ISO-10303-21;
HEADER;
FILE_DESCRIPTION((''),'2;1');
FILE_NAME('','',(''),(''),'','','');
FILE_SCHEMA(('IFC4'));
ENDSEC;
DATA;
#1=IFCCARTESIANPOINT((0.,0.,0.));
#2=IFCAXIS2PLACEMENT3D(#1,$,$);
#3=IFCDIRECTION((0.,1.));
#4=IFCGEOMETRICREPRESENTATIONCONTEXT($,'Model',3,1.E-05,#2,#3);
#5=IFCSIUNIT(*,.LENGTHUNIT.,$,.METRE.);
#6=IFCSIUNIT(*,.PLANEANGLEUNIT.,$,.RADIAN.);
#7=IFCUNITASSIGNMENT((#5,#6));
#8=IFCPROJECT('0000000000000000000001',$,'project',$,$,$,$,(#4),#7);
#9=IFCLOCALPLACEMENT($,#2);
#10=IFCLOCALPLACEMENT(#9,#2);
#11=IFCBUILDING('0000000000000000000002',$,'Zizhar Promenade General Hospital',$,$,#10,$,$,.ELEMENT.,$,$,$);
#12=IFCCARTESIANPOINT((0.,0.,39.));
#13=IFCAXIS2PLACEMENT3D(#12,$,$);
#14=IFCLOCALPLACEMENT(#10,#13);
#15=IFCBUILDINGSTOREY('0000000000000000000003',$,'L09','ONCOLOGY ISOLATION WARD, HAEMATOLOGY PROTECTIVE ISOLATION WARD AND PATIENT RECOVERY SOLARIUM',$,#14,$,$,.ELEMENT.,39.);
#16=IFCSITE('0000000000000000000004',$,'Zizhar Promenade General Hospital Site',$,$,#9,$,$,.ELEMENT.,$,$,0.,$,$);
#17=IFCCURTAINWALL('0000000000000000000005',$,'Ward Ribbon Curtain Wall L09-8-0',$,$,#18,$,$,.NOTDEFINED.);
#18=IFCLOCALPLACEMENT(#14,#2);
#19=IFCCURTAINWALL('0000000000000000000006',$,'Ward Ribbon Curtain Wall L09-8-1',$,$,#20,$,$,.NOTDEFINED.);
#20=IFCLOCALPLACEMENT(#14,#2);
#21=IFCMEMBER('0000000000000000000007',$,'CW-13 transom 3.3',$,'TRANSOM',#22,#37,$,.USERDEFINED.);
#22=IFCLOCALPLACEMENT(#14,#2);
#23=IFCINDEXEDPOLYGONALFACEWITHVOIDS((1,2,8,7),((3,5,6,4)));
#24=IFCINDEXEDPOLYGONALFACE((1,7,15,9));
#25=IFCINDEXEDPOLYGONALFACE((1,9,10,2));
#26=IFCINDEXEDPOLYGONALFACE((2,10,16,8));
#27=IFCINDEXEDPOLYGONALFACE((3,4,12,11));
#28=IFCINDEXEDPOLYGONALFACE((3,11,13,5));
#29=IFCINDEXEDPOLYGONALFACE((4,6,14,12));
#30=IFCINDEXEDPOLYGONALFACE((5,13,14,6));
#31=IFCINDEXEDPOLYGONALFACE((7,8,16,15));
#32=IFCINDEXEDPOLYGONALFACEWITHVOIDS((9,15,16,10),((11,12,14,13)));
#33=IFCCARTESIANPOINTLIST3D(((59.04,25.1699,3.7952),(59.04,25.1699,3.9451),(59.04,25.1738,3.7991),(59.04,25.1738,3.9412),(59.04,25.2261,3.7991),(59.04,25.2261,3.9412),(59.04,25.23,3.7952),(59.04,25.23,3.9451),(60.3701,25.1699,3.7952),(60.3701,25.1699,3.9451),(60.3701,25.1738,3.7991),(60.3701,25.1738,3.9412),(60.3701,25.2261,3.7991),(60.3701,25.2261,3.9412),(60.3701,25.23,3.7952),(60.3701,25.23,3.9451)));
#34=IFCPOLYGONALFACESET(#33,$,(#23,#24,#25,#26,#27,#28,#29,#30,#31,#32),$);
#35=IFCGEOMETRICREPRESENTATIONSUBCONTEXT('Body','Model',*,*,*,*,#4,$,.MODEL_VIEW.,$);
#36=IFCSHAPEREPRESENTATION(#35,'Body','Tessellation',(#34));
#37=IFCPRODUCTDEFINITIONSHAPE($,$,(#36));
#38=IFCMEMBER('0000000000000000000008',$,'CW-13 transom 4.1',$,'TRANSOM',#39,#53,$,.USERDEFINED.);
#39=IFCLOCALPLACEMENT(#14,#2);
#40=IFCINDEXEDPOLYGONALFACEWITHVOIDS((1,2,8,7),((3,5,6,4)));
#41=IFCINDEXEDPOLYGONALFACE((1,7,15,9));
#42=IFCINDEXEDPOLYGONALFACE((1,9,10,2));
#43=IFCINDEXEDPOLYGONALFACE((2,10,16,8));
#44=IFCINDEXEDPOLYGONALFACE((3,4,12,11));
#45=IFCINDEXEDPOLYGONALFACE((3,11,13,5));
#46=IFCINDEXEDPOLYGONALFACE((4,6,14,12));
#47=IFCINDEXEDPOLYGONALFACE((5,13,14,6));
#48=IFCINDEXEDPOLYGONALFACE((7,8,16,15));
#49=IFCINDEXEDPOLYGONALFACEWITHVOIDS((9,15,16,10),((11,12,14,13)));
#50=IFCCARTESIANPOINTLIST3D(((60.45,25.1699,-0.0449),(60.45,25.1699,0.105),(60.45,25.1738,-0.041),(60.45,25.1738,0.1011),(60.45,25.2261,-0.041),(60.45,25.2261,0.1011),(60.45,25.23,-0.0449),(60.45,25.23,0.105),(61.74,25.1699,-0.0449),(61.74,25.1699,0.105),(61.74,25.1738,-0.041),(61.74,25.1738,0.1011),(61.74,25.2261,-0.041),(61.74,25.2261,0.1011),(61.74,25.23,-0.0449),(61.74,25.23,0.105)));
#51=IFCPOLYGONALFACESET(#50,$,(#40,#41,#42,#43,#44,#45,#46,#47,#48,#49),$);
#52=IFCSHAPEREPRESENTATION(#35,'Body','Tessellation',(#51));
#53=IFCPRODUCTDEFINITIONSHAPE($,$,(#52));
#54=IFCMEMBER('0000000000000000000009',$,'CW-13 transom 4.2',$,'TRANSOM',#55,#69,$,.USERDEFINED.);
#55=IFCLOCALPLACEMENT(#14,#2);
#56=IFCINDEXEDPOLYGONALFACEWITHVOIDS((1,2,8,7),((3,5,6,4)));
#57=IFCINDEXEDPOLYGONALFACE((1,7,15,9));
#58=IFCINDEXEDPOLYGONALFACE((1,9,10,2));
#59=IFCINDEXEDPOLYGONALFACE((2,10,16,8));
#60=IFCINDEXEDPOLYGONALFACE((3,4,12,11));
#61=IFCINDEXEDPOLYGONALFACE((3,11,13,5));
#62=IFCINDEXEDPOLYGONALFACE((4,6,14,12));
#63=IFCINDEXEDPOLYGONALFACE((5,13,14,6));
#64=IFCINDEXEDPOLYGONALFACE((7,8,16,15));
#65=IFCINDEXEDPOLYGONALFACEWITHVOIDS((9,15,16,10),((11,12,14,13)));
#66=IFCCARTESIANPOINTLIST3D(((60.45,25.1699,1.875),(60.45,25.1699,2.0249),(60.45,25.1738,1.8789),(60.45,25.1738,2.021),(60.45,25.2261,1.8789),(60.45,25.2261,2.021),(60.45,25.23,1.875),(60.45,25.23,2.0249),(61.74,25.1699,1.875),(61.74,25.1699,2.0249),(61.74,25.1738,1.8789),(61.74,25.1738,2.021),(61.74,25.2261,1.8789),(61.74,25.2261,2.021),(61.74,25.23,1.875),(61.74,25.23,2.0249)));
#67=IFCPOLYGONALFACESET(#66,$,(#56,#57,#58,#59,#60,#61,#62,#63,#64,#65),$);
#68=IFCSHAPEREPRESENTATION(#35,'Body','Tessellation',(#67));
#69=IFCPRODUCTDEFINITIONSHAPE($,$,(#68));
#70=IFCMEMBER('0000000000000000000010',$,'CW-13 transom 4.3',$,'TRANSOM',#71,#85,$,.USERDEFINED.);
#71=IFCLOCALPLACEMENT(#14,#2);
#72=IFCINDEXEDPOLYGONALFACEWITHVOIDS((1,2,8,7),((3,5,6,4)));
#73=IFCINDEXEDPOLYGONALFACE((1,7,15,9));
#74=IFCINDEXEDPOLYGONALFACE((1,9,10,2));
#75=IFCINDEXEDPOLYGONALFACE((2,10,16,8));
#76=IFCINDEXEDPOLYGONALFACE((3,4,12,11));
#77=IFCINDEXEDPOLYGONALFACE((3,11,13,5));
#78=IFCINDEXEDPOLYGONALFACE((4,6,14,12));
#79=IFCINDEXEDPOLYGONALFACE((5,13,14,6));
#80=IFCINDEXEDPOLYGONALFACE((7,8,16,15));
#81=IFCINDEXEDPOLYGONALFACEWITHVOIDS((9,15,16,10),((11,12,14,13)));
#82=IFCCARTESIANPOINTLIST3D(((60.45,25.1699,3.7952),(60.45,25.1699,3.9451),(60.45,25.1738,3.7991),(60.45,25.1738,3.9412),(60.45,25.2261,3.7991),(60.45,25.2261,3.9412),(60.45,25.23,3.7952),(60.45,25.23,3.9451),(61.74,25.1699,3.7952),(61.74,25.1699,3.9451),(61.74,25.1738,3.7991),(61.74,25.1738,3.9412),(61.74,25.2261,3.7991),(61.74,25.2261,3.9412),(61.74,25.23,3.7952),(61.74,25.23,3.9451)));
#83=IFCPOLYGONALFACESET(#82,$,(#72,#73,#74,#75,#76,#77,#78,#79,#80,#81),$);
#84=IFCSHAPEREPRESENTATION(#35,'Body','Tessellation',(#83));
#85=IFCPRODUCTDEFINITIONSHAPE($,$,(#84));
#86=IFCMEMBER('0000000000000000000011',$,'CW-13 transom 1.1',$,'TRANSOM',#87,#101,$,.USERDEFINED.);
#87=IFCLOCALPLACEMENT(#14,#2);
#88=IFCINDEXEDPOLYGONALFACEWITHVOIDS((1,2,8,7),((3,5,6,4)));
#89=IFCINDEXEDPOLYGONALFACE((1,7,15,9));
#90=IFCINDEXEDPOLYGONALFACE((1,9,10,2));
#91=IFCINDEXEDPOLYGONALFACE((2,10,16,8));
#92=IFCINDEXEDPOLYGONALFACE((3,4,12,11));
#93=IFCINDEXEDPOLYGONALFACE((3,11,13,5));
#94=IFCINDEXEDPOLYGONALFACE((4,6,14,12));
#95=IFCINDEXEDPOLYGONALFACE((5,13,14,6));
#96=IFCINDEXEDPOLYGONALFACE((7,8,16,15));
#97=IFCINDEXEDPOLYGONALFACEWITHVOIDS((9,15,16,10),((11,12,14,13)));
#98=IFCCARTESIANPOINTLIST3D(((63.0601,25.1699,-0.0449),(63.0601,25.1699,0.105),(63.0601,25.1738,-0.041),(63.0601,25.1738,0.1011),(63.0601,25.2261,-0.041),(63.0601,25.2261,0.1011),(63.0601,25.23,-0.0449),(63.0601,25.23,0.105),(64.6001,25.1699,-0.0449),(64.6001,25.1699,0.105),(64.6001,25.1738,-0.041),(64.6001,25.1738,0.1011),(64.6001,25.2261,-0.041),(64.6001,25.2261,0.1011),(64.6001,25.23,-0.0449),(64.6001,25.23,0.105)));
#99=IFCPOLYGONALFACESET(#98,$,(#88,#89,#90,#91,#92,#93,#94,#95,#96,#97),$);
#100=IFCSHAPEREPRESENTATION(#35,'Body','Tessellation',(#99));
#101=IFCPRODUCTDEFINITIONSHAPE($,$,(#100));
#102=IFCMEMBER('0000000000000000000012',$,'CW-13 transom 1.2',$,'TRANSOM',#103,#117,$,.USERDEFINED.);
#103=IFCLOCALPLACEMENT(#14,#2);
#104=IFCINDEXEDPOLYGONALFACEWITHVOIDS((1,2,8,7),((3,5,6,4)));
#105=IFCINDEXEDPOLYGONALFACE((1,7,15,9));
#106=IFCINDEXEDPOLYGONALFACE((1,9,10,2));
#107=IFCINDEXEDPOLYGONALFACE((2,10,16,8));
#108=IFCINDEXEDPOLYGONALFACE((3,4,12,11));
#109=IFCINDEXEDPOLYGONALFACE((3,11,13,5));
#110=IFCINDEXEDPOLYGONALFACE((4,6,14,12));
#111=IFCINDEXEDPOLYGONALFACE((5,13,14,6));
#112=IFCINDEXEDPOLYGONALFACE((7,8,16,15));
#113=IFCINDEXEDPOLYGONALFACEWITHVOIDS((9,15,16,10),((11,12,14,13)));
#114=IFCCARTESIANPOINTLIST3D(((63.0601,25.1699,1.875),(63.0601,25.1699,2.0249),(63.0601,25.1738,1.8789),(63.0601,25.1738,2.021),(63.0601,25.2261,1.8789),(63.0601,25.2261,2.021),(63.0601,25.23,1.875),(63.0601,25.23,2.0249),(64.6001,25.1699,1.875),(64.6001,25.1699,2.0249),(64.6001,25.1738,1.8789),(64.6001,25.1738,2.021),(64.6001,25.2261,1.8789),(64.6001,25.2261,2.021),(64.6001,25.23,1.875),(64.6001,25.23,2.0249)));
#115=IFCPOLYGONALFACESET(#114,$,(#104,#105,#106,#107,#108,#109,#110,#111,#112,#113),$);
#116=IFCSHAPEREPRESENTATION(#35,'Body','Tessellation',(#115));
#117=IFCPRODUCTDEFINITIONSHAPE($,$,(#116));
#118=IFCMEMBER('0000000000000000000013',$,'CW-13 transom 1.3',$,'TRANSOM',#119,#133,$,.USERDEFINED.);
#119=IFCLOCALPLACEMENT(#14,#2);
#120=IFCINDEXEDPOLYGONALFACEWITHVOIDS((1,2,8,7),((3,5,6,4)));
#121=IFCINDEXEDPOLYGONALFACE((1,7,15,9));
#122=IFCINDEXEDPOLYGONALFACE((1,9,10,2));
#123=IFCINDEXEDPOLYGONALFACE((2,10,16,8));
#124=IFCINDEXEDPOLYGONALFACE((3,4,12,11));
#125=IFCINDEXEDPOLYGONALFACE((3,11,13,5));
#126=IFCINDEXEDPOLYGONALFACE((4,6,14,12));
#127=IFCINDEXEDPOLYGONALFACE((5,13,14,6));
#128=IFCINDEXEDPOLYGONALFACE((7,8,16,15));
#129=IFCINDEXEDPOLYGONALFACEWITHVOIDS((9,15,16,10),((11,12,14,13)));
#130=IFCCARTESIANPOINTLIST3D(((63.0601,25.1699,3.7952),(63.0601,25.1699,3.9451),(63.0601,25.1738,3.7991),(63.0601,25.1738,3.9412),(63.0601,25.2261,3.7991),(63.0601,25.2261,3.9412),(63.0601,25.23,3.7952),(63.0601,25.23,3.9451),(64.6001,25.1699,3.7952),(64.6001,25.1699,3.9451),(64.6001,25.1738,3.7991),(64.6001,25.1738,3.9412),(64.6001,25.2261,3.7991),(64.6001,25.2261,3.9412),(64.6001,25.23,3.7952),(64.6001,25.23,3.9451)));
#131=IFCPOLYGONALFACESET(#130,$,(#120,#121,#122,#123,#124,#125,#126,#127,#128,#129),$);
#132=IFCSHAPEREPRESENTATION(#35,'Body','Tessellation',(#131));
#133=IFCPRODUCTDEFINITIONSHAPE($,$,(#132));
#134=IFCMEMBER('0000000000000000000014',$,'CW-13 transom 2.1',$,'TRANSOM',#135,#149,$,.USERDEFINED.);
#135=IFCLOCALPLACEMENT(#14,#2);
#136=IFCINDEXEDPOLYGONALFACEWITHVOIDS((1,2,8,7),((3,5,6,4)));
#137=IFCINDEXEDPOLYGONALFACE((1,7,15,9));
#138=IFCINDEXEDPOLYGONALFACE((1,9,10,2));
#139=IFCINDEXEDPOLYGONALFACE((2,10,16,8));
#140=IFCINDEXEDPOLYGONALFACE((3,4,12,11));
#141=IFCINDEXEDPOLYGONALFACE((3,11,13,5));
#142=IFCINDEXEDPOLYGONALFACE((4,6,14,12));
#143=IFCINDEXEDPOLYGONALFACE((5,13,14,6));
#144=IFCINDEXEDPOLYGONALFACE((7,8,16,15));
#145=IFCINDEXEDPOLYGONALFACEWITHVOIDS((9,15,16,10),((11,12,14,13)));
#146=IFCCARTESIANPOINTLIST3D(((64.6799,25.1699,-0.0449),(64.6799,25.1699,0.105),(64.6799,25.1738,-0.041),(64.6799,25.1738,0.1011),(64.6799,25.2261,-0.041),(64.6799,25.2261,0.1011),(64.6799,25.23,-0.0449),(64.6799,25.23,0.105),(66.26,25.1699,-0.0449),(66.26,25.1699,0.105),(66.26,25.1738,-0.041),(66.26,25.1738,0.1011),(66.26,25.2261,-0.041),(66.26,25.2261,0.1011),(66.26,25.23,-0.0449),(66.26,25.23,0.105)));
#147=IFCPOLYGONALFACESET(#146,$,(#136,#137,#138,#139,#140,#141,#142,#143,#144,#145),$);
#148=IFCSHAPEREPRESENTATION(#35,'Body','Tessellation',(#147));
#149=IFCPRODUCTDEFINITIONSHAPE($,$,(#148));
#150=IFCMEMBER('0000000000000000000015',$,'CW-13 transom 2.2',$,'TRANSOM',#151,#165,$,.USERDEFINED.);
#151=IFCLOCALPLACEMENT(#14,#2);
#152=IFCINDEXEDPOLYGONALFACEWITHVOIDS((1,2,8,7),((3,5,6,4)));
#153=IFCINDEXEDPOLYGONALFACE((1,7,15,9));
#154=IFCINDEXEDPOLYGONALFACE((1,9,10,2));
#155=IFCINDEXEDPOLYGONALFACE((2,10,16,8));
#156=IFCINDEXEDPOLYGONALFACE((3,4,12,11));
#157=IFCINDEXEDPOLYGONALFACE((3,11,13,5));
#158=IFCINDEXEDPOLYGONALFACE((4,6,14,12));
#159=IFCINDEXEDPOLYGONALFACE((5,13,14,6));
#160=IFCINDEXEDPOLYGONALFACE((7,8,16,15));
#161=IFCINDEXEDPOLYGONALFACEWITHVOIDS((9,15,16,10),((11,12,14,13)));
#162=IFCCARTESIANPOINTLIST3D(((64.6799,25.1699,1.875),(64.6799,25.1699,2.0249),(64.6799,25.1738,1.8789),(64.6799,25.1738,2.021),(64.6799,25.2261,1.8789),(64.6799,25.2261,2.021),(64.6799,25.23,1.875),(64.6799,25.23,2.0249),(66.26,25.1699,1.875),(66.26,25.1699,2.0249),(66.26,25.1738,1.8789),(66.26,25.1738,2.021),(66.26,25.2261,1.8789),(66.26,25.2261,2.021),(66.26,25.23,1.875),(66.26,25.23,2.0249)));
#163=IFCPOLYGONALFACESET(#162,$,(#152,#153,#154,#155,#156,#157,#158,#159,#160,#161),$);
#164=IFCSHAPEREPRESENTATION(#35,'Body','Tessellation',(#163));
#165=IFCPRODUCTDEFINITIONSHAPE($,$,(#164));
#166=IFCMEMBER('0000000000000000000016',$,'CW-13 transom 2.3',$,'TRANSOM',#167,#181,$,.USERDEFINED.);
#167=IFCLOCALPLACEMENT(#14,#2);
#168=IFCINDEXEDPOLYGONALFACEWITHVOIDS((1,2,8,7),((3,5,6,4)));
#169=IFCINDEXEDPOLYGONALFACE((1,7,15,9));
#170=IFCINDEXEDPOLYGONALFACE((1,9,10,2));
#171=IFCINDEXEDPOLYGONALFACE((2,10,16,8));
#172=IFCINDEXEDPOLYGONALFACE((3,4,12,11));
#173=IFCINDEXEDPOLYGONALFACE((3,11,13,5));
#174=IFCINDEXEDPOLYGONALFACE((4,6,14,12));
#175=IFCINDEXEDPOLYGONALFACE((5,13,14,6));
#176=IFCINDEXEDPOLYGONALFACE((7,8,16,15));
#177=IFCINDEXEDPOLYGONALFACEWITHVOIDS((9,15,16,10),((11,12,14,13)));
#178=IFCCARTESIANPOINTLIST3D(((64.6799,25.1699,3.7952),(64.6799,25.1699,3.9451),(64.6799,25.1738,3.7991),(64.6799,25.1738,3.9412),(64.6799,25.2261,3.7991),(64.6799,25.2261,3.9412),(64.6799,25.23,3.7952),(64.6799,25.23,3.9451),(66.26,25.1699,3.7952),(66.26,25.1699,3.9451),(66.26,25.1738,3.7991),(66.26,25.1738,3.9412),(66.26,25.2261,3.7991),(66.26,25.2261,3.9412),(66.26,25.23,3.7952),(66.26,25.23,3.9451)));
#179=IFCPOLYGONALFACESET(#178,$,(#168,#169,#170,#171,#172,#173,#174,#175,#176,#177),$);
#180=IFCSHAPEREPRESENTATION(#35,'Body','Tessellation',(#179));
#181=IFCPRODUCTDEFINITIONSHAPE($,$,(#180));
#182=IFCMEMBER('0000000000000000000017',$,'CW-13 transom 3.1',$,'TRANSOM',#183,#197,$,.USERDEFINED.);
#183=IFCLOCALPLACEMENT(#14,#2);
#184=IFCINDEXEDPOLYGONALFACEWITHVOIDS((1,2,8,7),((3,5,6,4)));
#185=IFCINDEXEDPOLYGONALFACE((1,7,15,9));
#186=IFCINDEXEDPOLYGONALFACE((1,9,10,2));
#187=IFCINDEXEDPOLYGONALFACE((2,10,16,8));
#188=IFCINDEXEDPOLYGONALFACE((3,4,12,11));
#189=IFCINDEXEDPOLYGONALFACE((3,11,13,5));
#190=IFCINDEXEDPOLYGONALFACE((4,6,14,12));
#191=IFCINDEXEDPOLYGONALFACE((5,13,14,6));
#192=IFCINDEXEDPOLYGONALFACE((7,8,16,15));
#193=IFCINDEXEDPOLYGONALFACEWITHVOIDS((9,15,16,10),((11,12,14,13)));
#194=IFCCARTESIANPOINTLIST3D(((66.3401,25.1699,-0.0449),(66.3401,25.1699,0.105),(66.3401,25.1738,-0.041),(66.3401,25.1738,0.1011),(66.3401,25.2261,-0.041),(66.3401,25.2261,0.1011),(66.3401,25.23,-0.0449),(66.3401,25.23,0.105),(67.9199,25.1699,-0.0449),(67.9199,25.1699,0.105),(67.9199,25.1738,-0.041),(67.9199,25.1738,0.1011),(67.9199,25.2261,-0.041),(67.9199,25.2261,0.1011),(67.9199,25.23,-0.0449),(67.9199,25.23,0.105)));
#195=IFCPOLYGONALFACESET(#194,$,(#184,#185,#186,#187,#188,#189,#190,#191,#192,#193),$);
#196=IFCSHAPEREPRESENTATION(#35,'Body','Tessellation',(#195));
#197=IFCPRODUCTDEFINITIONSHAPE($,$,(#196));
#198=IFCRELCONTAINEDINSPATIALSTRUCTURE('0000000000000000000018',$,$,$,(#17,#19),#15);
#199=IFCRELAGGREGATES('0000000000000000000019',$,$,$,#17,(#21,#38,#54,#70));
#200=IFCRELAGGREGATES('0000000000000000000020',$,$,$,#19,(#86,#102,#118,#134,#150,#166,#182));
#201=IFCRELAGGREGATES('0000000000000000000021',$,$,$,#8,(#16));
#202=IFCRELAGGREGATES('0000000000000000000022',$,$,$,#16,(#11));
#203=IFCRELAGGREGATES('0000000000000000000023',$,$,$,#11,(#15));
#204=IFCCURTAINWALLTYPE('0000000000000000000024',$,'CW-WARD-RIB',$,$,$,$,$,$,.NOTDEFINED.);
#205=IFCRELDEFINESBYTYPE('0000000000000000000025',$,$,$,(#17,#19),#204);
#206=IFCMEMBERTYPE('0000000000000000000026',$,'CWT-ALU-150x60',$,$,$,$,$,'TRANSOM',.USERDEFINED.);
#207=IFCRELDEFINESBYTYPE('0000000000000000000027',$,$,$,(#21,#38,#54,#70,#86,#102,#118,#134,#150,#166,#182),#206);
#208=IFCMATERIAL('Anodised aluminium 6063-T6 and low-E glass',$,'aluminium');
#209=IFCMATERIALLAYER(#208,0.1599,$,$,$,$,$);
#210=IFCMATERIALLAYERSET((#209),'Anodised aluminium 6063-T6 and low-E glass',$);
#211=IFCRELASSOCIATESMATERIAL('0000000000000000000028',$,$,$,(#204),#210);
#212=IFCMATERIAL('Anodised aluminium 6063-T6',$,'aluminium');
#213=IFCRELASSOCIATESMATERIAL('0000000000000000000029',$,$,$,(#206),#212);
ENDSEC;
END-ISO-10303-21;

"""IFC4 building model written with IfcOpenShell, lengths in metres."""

from ifc_helpers import new_model, si_unit, direction, frame, origin, origin_2d, place, context, subcontext, project, spatial, hollow_rectangle, extrude, material, layer, layer_set, material_profile, profile_set, type_object, element, aggregate, save


model = new_model("IFC4")

# Units and contexts
model_context = context("Model", 3, precision=1e-05, world=origin(), true_north=direction((0.0, 1.0)))
body_context = subcontext(model_context, "Body", "Model", "MODEL_VIEW")
ifc_project = project(units=[si_unit("LENGTHUNIT", "METRE"), si_unit("PLANEANGLEUNIT", "RADIAN")], contexts=[model_context])

# Site, building, storey
site_placement = place(None, origin())
site = spatial("IfcSite", under=ifc_project, at=site_placement, Name="Zizhar Promenade General Hospital Site", CompositionType="ELEMENT", RefElevation=0.0)
building_placement = place(site_placement, origin())
building = spatial("IfcBuilding", under=site, at=building_placement, Name="Zizhar Promenade General Hospital", CompositionType="ELEMENT")
storey_placement = place(building_placement, frame((0.0, 0.0, 39.0)))
storey = spatial("IfcBuildingStorey", under=building, at=storey_placement, Name="L09", Description="ONCOLOGY ISOLATION WARD, HAEMATOLOGY PROTECTIVE ISOLATION WARD AND PATIENT RECOVERY SOLARIUM", CompositionType="ELEMENT", Elevation=39.0)

# Curtain walls
ifc_material_1 = material(Name="Anodised aluminium 6063-T6 and low-E glass", Category="aluminium")
ifc_layer_1 = layer(ifc_material_1, 0.1599)
ifc_layer_set_1 = layer_set([ifc_layer_1], Name="Anodised aluminium 6063-T6 and low-E glass")
curtain_wall_type = type_object("IfcCurtainWallType", Name="CW-WARD-RIB", PredefinedType="NOTDEFINED", material=ifc_layer_set_1)
curtain_wall_1_placement = place(storey_placement, origin())
curtain_wall_1 = element("IfcCurtainWall", 1, at=curtain_wall_1_placement, inside=storey, type_object=curtain_wall_type, Name="Ward Ribbon Curtain Wall L09-8-0", PredefinedType="NOTDEFINED")
curtain_wall_2_placement = place(storey_placement, origin())
curtain_wall_2 = element("IfcCurtainWall", 2, at=curtain_wall_2_placement, inside=storey, type_object=curtain_wall_type, Name="Ward Ribbon Curtain Wall L09-8-1", PredefinedType="NOTDEFINED")

# Members
ifc_material_2 = material(Name="Anodised aluminium 6063-T6", Category="aluminium")
ifc_material_profile_1 = material_profile(ifc_material_2, hollow_rectangle(XDim=0.0601, YDim=0.1499, WallThickness=0.0039, at=origin_2d()))
ifc_profile_set_1 = profile_set([ifc_material_profile_1], Name="Anodised aluminium 6063-T6")
member_type_1 = type_object("IfcMemberType", Name="CWT-ALU-150x60", ElementType="TRANSOM", PredefinedType="USERDEFINED", material=ifc_profile_set_1)
member_1_placement = place(storey_placement, frame((59.04, 25.2, 3.8701), z_axis=(1.0, 0.0, 0.0), x_axis=(0.0, 1.0, 0.0)))
member_1 = element("IfcMember", 3, at=member_1_placement, type_object=member_type_1, Name="CW-13 transom 3.3", ObjectType="TRANSOM", PredefinedType="USERDEFINED", context=body_context, shape_type="SweptSolid", body=[
    extrude(hollow_rectangle(XDim=0.0601, YDim=0.1499, WallThickness=0.0039, at=origin_2d()), origin(), (0.0, 0.0, 1.0), 1.3301),
])
member_2_placement = place(storey_placement, frame((60.45, 25.2, 0.03), z_axis=(1.0, 0.0, 0.0), x_axis=(0.0, 1.0, 0.0)))
member_2 = element("IfcMember", 4, at=member_2_placement, type_object=member_type_1, Name="CW-13 transom 4.1", ObjectType="TRANSOM", PredefinedType="USERDEFINED", context=body_context, shape_type="SweptSolid", body=[
    extrude(hollow_rectangle(XDim=0.0601, YDim=0.1499, WallThickness=0.0039, at=origin_2d()), origin(), (0.0, 0.0, 1.0), 1.29),
])
member_3_placement = place(storey_placement, frame((60.45, 25.2, 1.95), z_axis=(1.0, 0.0, 0.0), x_axis=(0.0, 1.0, 0.0)))
member_3 = element("IfcMember", 5, at=member_3_placement, type_object=member_type_1, Name="CW-13 transom 4.2", ObjectType="TRANSOM", PredefinedType="USERDEFINED", context=body_context, shape_type="SweptSolid", body=[
    extrude(hollow_rectangle(XDim=0.0601, YDim=0.1499, WallThickness=0.0039, at=origin_2d()), origin(), (0.0, 0.0, 1.0), 1.29),
])
member_4_placement = place(storey_placement, frame((60.45, 25.2, 3.8701), z_axis=(1.0, 0.0, 0.0), x_axis=(0.0, 1.0, 0.0)))
member_4 = element("IfcMember", 6, at=member_4_placement, type_object=member_type_1, Name="CW-13 transom 4.3", ObjectType="TRANSOM", PredefinedType="USERDEFINED", context=body_context, shape_type="SweptSolid", body=[
    extrude(hollow_rectangle(XDim=0.0601, YDim=0.1499, WallThickness=0.0039, at=origin_2d()), origin(), (0.0, 0.0, 1.0), 1.29),
])
member_5_placement = place(storey_placement, frame((63.0601, 25.2, 0.03), z_axis=(1.0, 0.0, 0.0), x_axis=(0.0, 1.0, 0.0)))
member_5 = element("IfcMember", 7, at=member_5_placement, type_object=member_type_1, Name="CW-13 transom 1.1", ObjectType="TRANSOM", PredefinedType="USERDEFINED", context=body_context, shape_type="SweptSolid", body=[
    extrude(hollow_rectangle(XDim=0.0601, YDim=0.1499, WallThickness=0.0039, at=origin_2d()), origin(), (0.0, 0.0, 1.0), 1.54),
])
member_6_placement = place(storey_placement, frame((63.0601, 25.2, 1.95), z_axis=(1.0, 0.0, 0.0), x_axis=(0.0, 1.0, 0.0)))
member_6 = element("IfcMember", 8, at=member_6_placement, type_object=member_type_1, Name="CW-13 transom 1.2", ObjectType="TRANSOM", PredefinedType="USERDEFINED", context=body_context, shape_type="SweptSolid", body=[
    extrude(hollow_rectangle(XDim=0.0601, YDim=0.1499, WallThickness=0.0039, at=origin_2d()), origin(), (0.0, 0.0, 1.0), 1.54),
])
member_7_placement = place(storey_placement, frame((63.0601, 25.2, 3.8701), z_axis=(1.0, 0.0, 0.0), x_axis=(0.0, 1.0, 0.0)))
member_7 = element("IfcMember", 9, at=member_7_placement, type_object=member_type_1, Name="CW-13 transom 1.3", ObjectType="TRANSOM", PredefinedType="USERDEFINED", context=body_context, shape_type="SweptSolid", body=[
    extrude(hollow_rectangle(XDim=0.0601, YDim=0.1499, WallThickness=0.0039, at=origin_2d()), origin(), (0.0, 0.0, 1.0), 1.54),
])
member_8_placement = place(storey_placement, frame((64.6799, 25.2, 0.03), z_axis=(1.0, 0.0, 0.0), x_axis=(0.0, 1.0, 0.0)))
member_8 = element("IfcMember", 10, at=member_8_placement, type_object=member_type_1, Name="CW-13 transom 2.1", ObjectType="TRANSOM", PredefinedType="USERDEFINED", context=body_context, shape_type="SweptSolid", body=[
    extrude(hollow_rectangle(XDim=0.0601, YDim=0.1499, WallThickness=0.0039, at=origin_2d()), origin(), (0.0, 0.0, 1.0), 1.5801),
])
member_9_placement = place(storey_placement, frame((64.6799, 25.2, 1.95), z_axis=(1.0, 0.0, 0.0), x_axis=(0.0, 1.0, 0.0)))
member_9 = element("IfcMember", 11, at=member_9_placement, type_object=member_type_1, Name="CW-13 transom 2.2", ObjectType="TRANSOM", PredefinedType="USERDEFINED", context=body_context, shape_type="SweptSolid", body=[
    extrude(hollow_rectangle(XDim=0.0601, YDim=0.1499, WallThickness=0.0039, at=origin_2d()), origin(), (0.0, 0.0, 1.0), 1.5801),
])
member_10_placement = place(storey_placement, frame((64.6799, 25.2, 3.8701), z_axis=(1.0, 0.0, 0.0), x_axis=(0.0, 1.0, 0.0)))
member_10 = element("IfcMember", 12, at=member_10_placement, type_object=member_type_1, Name="CW-13 transom 2.3", ObjectType="TRANSOM", PredefinedType="USERDEFINED", context=body_context, shape_type="SweptSolid", body=[
    extrude(hollow_rectangle(XDim=0.0601, YDim=0.1499, WallThickness=0.0039, at=origin_2d()), origin(), (0.0, 0.0, 1.0), 1.5801),
])
member_11_placement = place(storey_placement, frame((66.3401, 25.2, 0.03), z_axis=(1.0, 0.0, 0.0), x_axis=(0.0, 1.0, 0.0)))
member_11 = element("IfcMember", 13, at=member_11_placement, type_object=member_type_1, Name="CW-13 transom 3.1", ObjectType="TRANSOM", PredefinedType="USERDEFINED", context=body_context, shape_type="SweptSolid", body=[
    extrude(hollow_rectangle(XDim=0.0601, YDim=0.1499, WallThickness=0.0039, at=origin_2d()), origin(), (0.0, 0.0, 1.0), 1.5798),
])

aggregate(curtain_wall_1, [member_1, member_2, member_3, member_4])
aggregate(curtain_wall_2, [member_5, member_6, member_7, member_8, member_9, member_10, member_11])

save(model, "model.ifc")
